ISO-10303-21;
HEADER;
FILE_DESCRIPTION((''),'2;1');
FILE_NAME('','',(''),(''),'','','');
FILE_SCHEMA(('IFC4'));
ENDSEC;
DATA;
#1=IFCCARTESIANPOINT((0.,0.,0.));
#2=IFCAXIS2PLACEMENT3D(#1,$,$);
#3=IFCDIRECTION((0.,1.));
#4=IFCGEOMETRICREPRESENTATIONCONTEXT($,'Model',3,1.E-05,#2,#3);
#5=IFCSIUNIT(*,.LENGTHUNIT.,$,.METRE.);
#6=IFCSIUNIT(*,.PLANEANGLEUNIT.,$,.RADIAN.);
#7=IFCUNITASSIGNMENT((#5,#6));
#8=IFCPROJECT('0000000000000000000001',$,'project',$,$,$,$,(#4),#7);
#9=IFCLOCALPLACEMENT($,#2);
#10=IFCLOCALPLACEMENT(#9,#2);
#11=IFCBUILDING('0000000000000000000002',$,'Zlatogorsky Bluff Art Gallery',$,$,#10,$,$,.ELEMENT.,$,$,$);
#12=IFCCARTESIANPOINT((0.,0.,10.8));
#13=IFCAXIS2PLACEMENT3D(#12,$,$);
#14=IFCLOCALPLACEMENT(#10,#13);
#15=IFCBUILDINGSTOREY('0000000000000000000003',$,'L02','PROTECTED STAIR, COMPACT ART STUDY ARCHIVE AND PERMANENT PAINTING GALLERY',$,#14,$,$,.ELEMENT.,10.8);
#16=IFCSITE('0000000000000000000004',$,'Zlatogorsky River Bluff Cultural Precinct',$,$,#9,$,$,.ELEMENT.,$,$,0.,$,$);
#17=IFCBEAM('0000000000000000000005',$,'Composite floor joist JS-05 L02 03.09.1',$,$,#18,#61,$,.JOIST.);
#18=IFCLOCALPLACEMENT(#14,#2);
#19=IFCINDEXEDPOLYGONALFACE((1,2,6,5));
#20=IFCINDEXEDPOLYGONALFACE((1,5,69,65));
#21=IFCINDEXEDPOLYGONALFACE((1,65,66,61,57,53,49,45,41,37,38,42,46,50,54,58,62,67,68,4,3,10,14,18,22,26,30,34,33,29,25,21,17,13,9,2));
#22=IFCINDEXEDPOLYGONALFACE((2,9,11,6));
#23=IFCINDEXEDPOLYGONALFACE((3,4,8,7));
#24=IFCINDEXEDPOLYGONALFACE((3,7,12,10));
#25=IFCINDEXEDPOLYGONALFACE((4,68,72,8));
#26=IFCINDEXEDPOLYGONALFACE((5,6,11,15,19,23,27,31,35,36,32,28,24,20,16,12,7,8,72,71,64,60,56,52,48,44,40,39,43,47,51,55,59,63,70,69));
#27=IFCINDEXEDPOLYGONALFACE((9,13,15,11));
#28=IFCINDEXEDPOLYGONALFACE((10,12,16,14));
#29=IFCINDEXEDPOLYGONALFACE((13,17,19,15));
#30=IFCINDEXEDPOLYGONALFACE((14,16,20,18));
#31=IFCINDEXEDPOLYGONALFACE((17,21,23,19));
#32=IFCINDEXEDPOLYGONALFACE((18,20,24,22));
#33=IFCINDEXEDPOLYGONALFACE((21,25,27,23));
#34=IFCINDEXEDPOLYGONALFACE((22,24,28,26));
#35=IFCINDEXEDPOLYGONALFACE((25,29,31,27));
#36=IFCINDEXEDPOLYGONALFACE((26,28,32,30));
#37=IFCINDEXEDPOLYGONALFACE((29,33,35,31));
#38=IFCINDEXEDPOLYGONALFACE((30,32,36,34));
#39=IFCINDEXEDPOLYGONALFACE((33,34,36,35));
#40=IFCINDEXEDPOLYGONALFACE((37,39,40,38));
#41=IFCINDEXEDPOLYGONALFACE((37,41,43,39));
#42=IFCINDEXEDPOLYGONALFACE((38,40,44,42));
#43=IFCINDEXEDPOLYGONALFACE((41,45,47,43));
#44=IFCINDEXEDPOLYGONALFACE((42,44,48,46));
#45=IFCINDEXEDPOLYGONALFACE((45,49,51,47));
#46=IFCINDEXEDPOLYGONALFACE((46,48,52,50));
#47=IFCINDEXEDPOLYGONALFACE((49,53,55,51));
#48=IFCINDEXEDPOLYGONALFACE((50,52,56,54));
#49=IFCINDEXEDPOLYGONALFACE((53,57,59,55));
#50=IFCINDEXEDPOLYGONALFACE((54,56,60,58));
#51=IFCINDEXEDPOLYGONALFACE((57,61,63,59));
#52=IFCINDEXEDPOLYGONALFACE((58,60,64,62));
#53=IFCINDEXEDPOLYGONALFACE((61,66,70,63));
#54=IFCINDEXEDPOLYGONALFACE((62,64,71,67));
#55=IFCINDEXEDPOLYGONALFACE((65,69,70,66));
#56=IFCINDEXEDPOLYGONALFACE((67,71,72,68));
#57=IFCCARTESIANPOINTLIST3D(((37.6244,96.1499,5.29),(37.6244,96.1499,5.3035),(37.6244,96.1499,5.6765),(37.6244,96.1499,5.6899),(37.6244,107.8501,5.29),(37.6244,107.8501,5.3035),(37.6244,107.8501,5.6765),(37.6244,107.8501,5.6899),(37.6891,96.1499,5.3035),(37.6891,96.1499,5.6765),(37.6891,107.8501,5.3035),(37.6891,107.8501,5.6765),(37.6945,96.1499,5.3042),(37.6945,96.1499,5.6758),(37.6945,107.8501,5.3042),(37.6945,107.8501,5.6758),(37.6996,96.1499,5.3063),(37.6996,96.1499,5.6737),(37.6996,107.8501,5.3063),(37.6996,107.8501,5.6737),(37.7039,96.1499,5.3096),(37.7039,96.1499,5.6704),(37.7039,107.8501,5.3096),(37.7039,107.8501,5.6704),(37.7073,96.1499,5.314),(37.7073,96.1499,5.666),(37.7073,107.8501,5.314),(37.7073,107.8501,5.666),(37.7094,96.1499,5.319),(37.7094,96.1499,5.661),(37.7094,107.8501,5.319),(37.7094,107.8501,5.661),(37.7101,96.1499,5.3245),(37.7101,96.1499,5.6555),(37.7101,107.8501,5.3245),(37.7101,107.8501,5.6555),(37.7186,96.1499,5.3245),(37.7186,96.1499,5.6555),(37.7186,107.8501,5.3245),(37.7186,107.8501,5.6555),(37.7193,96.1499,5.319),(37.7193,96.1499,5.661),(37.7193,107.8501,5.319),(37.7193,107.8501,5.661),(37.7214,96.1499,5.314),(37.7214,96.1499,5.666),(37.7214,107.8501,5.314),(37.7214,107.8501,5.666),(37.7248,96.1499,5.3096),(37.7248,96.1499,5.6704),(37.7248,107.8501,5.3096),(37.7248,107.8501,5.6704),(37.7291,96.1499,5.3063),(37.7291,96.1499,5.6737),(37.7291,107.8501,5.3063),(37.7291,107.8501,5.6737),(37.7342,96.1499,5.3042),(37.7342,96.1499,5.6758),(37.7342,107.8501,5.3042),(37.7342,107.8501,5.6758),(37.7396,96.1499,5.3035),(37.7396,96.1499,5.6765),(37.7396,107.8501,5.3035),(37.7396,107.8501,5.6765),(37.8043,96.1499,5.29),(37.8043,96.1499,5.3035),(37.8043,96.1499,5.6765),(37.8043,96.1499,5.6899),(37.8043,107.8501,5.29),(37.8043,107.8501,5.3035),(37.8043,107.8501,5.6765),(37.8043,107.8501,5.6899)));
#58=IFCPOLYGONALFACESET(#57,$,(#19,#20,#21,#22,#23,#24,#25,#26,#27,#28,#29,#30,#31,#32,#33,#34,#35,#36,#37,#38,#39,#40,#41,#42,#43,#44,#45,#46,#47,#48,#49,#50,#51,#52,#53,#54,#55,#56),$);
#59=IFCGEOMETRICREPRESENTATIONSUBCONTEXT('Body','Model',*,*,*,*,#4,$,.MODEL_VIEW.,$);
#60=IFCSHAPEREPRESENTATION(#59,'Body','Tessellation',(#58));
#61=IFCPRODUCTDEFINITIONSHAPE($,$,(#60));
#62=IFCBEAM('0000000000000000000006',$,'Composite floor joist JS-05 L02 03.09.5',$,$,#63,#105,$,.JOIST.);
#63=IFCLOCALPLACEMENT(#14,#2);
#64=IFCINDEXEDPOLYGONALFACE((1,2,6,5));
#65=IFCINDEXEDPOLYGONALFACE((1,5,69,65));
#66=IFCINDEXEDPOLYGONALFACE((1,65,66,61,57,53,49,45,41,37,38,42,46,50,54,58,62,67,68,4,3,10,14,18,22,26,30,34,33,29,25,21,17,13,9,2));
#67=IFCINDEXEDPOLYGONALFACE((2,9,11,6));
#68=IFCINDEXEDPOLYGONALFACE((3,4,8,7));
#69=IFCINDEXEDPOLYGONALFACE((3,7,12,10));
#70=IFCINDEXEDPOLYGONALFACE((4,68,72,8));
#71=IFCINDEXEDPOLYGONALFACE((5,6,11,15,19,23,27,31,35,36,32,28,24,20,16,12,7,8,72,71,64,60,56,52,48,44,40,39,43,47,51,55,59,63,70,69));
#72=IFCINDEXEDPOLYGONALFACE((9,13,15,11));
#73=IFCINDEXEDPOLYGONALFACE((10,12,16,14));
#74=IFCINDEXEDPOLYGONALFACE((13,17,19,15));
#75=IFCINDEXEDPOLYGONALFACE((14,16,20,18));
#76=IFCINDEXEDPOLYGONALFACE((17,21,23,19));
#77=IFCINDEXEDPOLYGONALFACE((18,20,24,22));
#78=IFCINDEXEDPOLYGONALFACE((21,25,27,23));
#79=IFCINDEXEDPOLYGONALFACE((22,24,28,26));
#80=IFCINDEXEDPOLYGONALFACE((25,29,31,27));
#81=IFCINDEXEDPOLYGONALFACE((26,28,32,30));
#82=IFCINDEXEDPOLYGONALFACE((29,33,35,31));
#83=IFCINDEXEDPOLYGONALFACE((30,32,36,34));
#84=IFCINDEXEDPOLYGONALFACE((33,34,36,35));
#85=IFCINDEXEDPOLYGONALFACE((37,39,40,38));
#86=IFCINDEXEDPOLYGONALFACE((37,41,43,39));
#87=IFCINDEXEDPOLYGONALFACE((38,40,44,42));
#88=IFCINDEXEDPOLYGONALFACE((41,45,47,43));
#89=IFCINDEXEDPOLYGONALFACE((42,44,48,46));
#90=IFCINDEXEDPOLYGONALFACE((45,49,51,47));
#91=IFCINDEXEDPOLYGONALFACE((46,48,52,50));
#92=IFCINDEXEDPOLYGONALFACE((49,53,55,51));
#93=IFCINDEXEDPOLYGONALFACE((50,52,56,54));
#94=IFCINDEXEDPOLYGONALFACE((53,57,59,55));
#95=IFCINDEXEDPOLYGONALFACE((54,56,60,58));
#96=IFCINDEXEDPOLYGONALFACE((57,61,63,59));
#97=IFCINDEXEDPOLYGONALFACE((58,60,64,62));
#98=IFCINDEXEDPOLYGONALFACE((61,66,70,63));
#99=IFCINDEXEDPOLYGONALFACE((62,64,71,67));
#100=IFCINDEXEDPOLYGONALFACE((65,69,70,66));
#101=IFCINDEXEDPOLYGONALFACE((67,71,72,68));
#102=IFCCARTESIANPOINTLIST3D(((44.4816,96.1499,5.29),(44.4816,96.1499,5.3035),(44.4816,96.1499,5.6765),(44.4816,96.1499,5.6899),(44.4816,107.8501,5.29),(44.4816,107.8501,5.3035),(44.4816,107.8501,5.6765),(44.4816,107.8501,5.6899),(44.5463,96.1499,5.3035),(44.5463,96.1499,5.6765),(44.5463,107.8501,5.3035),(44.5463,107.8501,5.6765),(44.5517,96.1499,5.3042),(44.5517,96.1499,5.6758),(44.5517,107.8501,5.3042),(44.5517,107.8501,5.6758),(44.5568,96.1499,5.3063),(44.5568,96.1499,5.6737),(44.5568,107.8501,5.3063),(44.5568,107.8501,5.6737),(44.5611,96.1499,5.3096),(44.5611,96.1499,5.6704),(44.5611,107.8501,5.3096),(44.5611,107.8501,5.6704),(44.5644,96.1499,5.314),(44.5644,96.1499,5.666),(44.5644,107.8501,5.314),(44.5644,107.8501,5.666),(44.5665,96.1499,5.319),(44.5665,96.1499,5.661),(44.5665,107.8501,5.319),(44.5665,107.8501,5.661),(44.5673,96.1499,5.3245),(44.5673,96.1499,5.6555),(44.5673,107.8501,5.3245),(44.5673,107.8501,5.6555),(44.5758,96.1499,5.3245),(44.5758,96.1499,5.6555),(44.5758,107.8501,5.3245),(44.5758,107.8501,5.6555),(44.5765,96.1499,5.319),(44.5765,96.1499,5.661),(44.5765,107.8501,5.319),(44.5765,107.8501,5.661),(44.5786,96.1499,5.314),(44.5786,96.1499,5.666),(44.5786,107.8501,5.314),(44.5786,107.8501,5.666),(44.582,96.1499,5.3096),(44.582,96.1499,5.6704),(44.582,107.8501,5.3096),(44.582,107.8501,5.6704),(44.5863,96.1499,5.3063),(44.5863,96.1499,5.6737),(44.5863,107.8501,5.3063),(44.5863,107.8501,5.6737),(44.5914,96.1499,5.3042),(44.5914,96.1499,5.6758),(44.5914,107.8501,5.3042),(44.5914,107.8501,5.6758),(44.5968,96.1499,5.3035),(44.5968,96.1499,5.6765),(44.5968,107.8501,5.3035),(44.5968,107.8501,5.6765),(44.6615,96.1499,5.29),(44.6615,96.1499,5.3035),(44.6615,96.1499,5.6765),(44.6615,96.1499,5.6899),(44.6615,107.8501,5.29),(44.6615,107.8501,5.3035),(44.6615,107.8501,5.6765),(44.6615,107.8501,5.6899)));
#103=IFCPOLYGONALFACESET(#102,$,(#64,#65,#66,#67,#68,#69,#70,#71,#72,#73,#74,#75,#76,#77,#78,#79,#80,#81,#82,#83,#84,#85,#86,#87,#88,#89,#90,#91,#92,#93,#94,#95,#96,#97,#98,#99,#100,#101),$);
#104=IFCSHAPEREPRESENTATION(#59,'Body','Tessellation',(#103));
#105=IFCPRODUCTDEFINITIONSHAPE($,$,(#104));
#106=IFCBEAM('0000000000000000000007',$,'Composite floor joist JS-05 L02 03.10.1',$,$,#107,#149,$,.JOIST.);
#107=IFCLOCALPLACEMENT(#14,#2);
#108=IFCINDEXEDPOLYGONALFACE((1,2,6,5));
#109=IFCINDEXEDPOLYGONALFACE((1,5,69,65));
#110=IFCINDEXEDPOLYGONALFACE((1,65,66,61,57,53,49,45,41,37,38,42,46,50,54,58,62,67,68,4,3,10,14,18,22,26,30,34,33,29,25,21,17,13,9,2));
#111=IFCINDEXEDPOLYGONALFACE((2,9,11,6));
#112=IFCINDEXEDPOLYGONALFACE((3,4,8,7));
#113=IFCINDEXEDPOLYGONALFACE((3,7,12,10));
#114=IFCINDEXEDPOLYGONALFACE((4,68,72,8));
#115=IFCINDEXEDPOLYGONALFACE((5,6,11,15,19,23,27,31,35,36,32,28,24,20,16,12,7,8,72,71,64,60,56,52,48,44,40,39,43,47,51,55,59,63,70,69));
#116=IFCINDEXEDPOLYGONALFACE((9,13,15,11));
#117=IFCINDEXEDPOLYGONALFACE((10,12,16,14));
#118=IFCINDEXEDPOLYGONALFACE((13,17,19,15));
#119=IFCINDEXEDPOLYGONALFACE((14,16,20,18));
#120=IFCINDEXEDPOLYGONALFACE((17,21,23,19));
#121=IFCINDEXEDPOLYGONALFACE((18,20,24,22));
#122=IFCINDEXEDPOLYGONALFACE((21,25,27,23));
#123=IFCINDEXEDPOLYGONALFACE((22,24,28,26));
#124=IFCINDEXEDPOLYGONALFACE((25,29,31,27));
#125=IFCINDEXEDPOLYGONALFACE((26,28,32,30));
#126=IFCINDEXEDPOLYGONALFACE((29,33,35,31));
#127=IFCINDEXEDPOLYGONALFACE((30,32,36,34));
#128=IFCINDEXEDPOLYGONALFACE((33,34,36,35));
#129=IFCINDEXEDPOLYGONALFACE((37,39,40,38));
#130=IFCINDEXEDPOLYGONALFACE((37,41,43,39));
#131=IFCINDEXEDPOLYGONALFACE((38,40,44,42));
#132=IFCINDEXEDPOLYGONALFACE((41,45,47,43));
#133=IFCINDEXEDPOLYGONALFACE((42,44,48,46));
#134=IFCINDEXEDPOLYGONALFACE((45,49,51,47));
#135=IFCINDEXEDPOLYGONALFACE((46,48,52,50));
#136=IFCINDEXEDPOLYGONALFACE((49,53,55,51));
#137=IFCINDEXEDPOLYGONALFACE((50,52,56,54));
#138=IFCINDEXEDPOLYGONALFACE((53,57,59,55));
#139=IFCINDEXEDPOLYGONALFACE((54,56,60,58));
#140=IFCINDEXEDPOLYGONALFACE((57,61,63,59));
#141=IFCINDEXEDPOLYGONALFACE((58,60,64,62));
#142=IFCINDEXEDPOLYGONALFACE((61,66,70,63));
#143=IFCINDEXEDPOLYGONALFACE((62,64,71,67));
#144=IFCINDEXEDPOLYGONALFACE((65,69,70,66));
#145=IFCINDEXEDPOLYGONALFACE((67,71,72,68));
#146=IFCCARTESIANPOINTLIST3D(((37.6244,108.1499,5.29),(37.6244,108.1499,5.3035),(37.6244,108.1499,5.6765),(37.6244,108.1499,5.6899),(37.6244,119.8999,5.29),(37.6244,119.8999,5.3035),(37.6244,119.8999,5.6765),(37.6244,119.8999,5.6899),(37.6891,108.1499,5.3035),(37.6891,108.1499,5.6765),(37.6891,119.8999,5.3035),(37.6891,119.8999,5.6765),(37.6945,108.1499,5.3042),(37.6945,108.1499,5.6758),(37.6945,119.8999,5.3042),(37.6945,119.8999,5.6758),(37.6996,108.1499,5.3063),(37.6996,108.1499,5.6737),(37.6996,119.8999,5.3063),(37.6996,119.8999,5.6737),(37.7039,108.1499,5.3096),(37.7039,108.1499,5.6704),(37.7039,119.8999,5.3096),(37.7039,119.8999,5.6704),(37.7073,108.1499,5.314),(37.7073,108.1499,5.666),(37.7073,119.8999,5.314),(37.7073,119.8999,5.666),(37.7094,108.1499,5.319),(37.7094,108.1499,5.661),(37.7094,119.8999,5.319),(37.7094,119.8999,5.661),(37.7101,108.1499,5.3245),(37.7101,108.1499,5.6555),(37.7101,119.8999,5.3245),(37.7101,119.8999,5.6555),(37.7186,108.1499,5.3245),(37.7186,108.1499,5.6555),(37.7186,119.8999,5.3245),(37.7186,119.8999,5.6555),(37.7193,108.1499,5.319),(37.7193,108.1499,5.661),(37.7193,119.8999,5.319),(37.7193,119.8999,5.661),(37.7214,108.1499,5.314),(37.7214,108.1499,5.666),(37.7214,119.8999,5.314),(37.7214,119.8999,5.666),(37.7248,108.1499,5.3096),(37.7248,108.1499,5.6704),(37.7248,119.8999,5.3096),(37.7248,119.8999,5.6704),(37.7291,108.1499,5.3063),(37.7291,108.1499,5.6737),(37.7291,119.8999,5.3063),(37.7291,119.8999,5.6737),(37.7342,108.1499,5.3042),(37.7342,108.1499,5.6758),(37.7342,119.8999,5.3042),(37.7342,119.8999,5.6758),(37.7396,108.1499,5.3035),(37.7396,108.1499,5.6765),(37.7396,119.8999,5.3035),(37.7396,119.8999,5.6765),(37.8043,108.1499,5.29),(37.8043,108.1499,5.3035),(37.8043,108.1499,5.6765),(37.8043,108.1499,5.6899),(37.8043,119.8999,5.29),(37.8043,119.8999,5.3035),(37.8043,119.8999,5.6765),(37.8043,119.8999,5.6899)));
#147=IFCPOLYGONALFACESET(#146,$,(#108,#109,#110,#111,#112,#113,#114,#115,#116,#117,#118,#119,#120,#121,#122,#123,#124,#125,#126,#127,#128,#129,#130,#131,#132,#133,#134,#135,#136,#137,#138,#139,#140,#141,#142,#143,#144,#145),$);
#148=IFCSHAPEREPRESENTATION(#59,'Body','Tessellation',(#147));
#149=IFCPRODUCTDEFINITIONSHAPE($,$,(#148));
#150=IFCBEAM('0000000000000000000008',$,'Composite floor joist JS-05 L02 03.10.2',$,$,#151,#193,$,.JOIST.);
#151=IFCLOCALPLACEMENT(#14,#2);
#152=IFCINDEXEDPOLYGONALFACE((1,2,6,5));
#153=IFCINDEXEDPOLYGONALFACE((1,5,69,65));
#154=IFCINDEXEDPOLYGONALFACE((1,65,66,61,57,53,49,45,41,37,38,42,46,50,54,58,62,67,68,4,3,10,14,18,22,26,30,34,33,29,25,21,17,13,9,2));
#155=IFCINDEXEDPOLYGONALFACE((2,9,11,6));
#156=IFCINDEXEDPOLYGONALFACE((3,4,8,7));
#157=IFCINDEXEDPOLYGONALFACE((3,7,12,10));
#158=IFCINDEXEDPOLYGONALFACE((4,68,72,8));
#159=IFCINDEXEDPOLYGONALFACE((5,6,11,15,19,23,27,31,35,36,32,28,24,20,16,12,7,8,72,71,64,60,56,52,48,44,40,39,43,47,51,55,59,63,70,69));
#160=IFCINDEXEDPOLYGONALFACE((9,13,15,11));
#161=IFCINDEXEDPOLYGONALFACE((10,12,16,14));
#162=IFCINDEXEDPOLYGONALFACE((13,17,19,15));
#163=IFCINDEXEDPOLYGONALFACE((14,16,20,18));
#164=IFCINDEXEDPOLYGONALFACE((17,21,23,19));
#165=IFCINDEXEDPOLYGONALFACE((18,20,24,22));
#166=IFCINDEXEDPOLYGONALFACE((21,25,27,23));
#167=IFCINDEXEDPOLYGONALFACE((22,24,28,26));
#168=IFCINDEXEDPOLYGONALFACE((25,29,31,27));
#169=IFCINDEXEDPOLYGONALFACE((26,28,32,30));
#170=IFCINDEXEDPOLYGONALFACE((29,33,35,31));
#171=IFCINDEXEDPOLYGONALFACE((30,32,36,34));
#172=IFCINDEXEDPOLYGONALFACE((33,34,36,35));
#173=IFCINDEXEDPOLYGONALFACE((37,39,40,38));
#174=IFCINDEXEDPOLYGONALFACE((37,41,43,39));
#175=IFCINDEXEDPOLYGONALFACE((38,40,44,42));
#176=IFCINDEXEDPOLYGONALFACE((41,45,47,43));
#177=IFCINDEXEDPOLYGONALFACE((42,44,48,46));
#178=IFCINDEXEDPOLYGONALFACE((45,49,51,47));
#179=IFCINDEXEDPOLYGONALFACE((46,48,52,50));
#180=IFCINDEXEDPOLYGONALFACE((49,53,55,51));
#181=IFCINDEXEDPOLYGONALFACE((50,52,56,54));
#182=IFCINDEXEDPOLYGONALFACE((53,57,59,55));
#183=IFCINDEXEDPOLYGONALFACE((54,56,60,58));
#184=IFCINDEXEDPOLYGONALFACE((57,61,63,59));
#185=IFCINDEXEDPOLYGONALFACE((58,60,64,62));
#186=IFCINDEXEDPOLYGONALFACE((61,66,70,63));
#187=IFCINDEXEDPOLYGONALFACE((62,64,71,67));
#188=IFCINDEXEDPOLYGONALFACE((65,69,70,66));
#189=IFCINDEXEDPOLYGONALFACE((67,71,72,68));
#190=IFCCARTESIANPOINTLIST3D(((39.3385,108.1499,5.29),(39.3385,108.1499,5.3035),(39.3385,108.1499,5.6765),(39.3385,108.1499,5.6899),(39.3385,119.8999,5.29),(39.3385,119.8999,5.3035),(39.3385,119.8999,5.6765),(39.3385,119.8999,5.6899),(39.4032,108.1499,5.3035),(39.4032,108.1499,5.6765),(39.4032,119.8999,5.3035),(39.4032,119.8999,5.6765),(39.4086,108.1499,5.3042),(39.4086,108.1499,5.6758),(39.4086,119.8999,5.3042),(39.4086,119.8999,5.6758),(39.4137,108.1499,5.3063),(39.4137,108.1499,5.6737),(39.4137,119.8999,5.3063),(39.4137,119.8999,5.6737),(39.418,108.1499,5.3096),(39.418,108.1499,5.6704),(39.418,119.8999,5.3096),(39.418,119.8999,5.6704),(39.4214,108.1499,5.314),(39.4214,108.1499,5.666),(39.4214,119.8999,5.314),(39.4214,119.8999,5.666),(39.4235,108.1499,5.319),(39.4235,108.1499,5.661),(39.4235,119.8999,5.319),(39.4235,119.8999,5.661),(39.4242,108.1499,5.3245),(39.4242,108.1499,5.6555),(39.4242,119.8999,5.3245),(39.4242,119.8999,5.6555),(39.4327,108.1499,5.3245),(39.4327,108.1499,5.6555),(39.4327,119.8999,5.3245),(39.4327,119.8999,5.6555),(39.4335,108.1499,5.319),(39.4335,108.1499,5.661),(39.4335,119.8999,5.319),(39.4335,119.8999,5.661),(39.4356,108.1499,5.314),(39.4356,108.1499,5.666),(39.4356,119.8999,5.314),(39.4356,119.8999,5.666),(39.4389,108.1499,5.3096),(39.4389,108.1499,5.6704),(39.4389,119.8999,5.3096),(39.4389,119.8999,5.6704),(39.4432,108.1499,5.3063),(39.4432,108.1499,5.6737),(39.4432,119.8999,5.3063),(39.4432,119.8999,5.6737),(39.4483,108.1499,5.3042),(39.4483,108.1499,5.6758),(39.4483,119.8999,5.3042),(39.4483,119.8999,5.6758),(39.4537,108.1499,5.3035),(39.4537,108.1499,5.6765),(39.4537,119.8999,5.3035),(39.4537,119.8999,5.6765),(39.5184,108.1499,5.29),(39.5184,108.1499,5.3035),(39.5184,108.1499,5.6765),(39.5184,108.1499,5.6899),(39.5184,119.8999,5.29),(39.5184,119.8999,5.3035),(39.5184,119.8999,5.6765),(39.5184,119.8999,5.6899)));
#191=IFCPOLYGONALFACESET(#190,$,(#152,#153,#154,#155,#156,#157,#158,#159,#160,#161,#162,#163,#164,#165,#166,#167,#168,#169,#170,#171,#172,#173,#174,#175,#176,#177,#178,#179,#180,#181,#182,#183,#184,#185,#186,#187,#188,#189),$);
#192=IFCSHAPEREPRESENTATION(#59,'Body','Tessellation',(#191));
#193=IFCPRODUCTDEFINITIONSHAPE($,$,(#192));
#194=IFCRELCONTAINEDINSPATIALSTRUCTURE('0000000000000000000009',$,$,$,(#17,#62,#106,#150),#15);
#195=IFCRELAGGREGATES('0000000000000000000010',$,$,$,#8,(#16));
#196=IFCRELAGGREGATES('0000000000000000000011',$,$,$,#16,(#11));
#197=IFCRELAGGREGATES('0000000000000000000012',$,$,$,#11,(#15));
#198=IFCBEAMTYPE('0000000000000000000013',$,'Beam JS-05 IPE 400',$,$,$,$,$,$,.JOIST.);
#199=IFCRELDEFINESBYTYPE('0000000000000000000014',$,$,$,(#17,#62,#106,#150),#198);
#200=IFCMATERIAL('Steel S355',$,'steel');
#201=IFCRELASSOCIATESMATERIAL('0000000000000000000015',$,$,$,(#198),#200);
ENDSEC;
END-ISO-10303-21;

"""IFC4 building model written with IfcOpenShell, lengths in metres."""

from ifc_helpers import new_model, si_unit, direction, frame, origin, origin_2d, place, context, subcontext, project, spatial, i_section, extrude, material, material_profile, profile_set, type_object, element, save


model = new_model("IFC4")

# Units and contexts
model_context = context("Model", 3, precision=1e-05, world=origin(), true_north=direction((0.0, 1.0)))
body_context = subcontext(model_context, "Body", "Model", "MODEL_VIEW")
ifc_project = project(units=[si_unit("LENGTHUNIT", "METRE"), si_unit("PLANEANGLEUNIT", "RADIAN")], contexts=[model_context])

# Site, building, storey
site_placement = place(None, origin())
site = spatial("IfcSite", under=ifc_project, at=site_placement, Name="Zlatogorsky River Bluff Cultural Precinct", CompositionType="ELEMENT", RefElevation=0.0)
building_placement = place(site_placement, origin())
building = spatial("IfcBuilding", under=site, at=building_placement, Name="Zlatogorsky Bluff Art Gallery", CompositionType="ELEMENT")
storey_placement = place(building_placement, frame((0.0, 0.0, 10.8)))
storey = spatial("IfcBuildingStorey", under=building, at=storey_placement, Name="L02", Description="PROTECTED STAIR, COMPACT ART STUDY ARCHIVE AND PERMANENT PAINTING GALLERY", CompositionType="ELEMENT", Elevation=10.8)

# Beams
ifc_material_1 = material(Name="Steel S355", Category="steel")
ifc_material_profile_1 = material_profile(ifc_material_1, i_section(OverallWidth=0.1799, OverallDepth=0.3999, WebThickness=0.0085, FlangeThickness=0.0134, FilletRadius=0.021, at=origin_2d()), Name="IPE 400")
ifc_profile_set_1 = profile_set([ifc_material_profile_1], Name="Steel S355")
beam_type = type_object("IfcBeamType", Name="Beam JS-05 IPE 400", PredefinedType="JOIST", material=ifc_profile_set_1)
for number, where, z_axis, x_axis, name in (
    (1, (37.7144, 96.1499, 5.49), (0.0, 1.0, 0.0), (-1.0, 0.0, 0.0), "Composite floor joist JS-05 L02 03.09.1"),
    (2, (44.5715, 96.1499, 5.49), (0.0, 1.0, 0.0), (-1.0, 0.0, 0.0), "Composite floor joist JS-05 L02 03.09.5"),
):
    element("IfcBeam", number, at=place(storey_placement, frame(where, z_axis=z_axis, x_axis=x_axis)), inside=storey, type_object=beam_type, Name=name, PredefinedType="JOIST", context=body_context, shape_type="SweptSolid", body=[
        extrude(i_section(OverallWidth=0.1799, OverallDepth=0.3999, WebThickness=0.0085, FlangeThickness=0.0134, FilletRadius=0.021, at=origin_2d()), origin(), (0.0, 0.0, 1.0), 11.7002),
    ])
for number, where, z_axis, x_axis, name in (
    (3, (37.7144, 108.1499, 5.49), (0.0, 1.0, 0.0), (-1.0, 0.0, 0.0), "Composite floor joist JS-05 L02 03.10.1"),
    (4, (39.4285, 108.1499, 5.49), (0.0, 1.0, 0.0), (-1.0, 0.0, 0.0), "Composite floor joist JS-05 L02 03.10.2"),
):
    element("IfcBeam", number, at=place(storey_placement, frame(where, z_axis=z_axis, x_axis=x_axis)), inside=storey, type_object=beam_type, Name=name, PredefinedType="JOIST", context=body_context, shape_type="SweptSolid", body=[
        extrude(i_section(OverallWidth=0.1799, OverallDepth=0.3999, WebThickness=0.0085, FlangeThickness=0.0134, FilletRadius=0.021, at=origin_2d()), origin(), (0.0, 0.0, 1.0), 11.75),
    ])

save(model, "model.ifc")
